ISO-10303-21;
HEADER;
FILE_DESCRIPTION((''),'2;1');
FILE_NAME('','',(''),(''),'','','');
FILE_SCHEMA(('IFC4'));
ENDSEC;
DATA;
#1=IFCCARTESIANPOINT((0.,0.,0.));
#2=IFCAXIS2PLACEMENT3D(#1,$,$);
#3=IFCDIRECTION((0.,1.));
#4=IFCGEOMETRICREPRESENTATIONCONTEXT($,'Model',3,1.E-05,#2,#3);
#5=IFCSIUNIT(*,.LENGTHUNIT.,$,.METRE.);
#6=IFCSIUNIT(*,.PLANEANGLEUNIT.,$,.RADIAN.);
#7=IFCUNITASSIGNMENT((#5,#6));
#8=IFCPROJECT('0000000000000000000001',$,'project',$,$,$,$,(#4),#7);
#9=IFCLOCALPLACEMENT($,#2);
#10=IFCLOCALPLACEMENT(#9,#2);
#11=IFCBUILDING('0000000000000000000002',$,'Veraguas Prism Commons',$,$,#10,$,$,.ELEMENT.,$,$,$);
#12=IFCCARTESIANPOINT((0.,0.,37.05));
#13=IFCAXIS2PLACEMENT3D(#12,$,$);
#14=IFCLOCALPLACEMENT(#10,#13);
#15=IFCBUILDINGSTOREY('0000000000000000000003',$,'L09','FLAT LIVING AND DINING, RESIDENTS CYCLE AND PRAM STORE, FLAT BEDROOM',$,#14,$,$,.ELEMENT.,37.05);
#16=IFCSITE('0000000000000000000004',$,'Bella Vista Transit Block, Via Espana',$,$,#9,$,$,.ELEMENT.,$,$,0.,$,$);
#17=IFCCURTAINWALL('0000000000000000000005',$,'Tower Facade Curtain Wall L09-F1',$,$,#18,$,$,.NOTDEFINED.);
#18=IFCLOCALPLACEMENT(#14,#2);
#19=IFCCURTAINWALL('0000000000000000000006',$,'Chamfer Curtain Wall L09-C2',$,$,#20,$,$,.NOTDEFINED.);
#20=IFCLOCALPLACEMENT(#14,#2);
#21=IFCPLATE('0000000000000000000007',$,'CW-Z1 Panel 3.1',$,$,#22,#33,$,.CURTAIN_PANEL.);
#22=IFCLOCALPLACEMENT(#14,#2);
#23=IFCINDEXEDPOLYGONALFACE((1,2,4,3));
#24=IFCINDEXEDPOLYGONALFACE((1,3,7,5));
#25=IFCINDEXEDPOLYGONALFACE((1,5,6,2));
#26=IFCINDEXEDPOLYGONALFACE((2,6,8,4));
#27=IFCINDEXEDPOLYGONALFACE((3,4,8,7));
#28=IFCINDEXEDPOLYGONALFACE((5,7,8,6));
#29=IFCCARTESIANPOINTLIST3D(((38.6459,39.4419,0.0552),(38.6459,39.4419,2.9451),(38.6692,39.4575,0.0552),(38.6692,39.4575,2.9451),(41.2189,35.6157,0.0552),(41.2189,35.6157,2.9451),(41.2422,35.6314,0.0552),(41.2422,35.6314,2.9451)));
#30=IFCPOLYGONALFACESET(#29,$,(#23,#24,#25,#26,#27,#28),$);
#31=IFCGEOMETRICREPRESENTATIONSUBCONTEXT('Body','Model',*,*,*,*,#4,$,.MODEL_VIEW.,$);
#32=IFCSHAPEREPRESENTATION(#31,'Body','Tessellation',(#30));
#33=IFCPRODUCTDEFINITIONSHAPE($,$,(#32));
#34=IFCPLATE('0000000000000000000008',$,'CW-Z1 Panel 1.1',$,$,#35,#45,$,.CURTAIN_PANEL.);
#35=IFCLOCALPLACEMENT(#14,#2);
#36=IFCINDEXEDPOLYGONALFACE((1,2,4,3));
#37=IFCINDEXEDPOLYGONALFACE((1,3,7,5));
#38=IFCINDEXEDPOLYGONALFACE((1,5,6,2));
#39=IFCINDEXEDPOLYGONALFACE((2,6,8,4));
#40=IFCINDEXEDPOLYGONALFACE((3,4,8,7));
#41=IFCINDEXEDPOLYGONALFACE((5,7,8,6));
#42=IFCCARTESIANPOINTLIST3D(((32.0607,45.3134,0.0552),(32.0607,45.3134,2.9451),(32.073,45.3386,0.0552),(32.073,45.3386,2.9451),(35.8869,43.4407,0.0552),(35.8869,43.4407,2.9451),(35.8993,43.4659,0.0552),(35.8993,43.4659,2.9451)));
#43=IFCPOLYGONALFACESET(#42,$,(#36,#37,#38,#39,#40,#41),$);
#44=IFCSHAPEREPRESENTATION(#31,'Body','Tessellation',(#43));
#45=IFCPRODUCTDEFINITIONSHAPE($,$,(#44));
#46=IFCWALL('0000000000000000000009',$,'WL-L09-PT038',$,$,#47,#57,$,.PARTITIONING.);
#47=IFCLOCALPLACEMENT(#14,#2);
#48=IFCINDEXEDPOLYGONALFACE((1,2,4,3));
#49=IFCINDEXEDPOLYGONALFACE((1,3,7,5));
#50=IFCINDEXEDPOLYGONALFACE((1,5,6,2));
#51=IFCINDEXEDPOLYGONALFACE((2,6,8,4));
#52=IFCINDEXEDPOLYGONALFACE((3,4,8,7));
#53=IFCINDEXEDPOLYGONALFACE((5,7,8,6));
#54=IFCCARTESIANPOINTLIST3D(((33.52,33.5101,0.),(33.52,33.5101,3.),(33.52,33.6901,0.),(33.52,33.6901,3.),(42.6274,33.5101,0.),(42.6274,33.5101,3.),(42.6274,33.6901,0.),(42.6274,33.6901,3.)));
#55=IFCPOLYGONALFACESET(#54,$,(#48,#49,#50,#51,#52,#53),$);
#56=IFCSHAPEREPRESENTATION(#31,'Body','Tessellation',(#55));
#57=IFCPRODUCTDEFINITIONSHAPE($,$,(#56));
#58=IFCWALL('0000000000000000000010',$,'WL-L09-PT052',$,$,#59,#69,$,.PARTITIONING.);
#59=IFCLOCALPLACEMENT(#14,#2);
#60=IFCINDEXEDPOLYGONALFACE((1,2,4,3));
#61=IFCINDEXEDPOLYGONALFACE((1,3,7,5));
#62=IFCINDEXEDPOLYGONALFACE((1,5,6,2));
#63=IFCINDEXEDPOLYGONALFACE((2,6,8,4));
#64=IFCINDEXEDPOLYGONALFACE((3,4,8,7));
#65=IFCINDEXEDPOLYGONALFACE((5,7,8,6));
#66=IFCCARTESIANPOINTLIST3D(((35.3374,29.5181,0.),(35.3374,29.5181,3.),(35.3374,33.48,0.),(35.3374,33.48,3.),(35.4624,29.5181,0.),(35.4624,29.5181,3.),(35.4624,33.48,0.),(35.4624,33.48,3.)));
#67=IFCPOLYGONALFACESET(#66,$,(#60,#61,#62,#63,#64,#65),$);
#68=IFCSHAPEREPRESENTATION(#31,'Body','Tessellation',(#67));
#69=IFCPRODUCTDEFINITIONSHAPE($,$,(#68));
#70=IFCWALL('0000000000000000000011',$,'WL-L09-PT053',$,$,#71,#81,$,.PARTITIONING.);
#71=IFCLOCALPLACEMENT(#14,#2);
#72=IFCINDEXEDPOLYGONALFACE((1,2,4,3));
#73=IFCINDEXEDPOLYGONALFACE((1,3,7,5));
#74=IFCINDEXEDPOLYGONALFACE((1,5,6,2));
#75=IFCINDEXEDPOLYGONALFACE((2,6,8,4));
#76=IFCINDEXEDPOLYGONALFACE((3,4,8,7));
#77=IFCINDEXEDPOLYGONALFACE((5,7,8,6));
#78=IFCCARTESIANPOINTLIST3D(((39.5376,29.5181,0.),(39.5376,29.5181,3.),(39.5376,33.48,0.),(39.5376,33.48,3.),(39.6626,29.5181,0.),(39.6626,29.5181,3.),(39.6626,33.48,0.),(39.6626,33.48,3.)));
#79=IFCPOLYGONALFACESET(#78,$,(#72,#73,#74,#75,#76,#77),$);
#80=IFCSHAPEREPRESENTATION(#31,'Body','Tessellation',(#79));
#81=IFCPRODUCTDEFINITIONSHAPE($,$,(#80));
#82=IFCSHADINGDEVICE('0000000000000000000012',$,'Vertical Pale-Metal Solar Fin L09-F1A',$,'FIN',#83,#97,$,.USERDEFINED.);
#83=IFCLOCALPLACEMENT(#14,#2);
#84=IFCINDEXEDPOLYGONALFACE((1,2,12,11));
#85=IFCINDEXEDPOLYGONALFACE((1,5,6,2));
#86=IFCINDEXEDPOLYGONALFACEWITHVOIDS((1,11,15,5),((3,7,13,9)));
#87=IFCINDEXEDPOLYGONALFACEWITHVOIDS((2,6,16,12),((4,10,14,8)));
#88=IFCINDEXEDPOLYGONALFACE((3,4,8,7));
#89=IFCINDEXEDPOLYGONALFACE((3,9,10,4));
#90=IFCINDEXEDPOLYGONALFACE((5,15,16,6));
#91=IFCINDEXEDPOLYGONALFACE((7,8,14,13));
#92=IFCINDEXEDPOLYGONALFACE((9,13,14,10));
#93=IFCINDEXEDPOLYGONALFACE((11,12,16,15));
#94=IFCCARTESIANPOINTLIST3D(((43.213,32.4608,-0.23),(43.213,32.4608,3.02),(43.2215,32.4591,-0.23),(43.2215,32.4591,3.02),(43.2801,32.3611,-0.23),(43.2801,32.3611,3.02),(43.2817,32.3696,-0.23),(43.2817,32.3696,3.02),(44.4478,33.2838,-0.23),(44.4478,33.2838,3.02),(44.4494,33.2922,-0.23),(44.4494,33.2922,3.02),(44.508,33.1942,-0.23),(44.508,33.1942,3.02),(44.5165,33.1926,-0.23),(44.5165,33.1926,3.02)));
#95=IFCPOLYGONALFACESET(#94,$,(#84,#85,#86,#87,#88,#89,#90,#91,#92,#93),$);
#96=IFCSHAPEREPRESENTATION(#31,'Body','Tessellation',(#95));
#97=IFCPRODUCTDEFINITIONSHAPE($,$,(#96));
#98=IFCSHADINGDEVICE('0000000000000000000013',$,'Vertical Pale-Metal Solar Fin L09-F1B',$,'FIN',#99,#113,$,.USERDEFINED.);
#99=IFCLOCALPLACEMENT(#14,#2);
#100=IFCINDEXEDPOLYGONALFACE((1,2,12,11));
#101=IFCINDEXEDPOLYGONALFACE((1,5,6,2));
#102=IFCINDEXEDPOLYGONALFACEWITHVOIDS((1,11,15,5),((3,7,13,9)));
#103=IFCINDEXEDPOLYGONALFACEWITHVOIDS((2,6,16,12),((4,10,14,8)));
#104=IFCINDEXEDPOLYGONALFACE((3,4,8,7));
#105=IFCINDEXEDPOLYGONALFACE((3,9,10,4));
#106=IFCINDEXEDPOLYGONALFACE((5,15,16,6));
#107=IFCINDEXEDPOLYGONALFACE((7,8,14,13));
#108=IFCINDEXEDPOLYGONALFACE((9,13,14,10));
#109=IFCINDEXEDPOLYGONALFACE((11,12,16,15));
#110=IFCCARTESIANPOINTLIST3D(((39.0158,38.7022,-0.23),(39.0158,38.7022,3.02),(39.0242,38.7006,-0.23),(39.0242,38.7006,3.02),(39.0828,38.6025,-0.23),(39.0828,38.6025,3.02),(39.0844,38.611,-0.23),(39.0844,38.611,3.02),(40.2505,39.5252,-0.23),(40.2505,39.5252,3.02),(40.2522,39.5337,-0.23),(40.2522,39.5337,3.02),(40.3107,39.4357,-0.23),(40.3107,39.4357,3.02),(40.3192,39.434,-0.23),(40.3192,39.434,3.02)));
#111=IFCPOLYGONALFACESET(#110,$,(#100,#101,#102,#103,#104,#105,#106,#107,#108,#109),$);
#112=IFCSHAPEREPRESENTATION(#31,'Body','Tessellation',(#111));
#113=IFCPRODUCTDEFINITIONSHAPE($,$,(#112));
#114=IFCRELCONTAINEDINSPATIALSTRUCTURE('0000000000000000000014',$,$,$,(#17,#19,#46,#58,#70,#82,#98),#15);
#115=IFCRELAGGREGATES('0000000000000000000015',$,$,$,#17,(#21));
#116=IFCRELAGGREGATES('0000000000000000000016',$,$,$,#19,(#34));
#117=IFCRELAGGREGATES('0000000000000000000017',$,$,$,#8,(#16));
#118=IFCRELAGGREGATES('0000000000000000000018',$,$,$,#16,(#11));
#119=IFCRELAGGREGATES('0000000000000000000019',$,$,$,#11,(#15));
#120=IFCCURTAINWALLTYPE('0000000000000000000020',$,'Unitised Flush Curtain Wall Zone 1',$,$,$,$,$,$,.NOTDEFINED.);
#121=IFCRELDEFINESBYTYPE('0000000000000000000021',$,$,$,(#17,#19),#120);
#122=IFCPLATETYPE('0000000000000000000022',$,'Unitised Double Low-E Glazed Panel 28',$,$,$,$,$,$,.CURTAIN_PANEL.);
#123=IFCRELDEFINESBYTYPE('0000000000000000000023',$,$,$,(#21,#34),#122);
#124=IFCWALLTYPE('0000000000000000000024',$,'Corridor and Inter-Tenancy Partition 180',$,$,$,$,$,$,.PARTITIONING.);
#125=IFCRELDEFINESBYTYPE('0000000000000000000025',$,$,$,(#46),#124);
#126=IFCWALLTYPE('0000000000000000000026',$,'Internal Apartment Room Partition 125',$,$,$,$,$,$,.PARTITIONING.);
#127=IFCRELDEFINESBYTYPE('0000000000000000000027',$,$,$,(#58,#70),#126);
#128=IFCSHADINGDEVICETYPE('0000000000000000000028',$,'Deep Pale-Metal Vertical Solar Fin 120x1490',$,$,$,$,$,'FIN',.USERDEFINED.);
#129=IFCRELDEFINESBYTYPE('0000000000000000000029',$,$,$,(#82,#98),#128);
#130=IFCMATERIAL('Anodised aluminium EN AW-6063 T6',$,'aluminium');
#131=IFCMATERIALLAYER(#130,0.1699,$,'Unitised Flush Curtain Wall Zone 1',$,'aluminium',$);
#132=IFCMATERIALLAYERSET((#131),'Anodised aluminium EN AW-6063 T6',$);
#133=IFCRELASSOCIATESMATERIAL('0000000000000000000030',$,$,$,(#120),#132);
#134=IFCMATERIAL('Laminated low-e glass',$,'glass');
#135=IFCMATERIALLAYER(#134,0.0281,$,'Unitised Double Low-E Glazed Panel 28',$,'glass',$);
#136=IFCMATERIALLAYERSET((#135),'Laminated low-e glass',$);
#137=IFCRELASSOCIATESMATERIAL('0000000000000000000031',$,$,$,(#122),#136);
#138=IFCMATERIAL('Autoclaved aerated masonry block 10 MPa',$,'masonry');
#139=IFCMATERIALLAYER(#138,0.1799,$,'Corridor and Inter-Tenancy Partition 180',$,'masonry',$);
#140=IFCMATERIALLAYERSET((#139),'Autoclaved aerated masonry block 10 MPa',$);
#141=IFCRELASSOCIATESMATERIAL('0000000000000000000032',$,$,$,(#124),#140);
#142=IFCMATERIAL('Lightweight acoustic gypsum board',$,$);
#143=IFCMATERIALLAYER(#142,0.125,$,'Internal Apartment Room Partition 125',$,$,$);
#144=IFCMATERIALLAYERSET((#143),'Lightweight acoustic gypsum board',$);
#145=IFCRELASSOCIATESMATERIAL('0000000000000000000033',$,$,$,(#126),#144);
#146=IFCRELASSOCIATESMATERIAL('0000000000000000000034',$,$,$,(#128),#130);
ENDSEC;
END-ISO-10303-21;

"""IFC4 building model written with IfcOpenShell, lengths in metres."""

from ifc_helpers import new_model, si_unit, direction, frame, frame_2d, origin, origin_2d, place, context, subcontext, project, spatial, rectangle, hollow_rectangle, extrude, source, transform, mapped, material, layer, layer_set, material_profile, profile_set, type_object, element, aggregate, save


model = new_model("IFC4")

# Units and contexts
model_context = context("Model", 3, precision=1e-05, world=origin(), true_north=direction((0.0, 1.0)))
body_context = subcontext(model_context, "Body", "Model", "MODEL_VIEW")
ifc_project = project(units=[si_unit("LENGTHUNIT", "METRE"), si_unit("PLANEANGLEUNIT", "RADIAN")], contexts=[model_context])

# Site, building, storey
site_placement = place(None, origin())
site = spatial("IfcSite", under=ifc_project, at=site_placement, Name="Bella Vista Transit Block, Via Espana", CompositionType="ELEMENT", RefElevation=0.0)
building_placement = place(site_placement, origin())
building = spatial("IfcBuilding", under=site, at=building_placement, Name="Veraguas Prism Commons", CompositionType="ELEMENT")
storey_placement = place(building_placement, frame((0.0, 0.0, 37.05)))
storey = spatial("IfcBuildingStorey", under=building, at=storey_placement, Name="L09", Description="FLAT LIVING AND DINING, RESIDENTS CYCLE AND PRAM STORE, FLAT BEDROOM", CompositionType="ELEMENT", Elevation=37.05)

# Curtain walls
ifc_material_1 = material(Name="Anodised aluminium EN AW-6063 T6", Category="aluminium")
ifc_layer_1 = layer(ifc_material_1, 0.1699, Name="Unitised Flush Curtain Wall Zone 1", Category="aluminium")
ifc_layer_set_1 = layer_set([ifc_layer_1], Name="Anodised aluminium EN AW-6063 T6")
curtain_wall_type = type_object("IfcCurtainWallType", Name="Unitised Flush Curtain Wall Zone 1", PredefinedType="NOTDEFINED", material=ifc_layer_set_1)
curtain_wall_1_placement = place(storey_placement, origin())
curtain_wall_1 = element("IfcCurtainWall", 1, at=curtain_wall_1_placement, inside=storey, type_object=curtain_wall_type, Name="Tower Facade Curtain Wall L09-F1", PredefinedType="NOTDEFINED")
curtain_wall_2_placement = place(storey_placement, origin())
curtain_wall_2 = element("IfcCurtainWall", 2, at=curtain_wall_2_placement, inside=storey, type_object=curtain_wall_type, Name="Chamfer Curtain Wall L09-C2", PredefinedType="NOTDEFINED")

# Plates
ifc_material_2 = material(Name="Laminated low-e glass", Category="glass")
ifc_layer_2 = layer(ifc_material_2, 0.0281, Name="Unitised Double Low-E Glazed Panel 28", Category="glass")
ifc_layer_set_2 = layer_set([ifc_layer_2], Name="Laminated low-e glass")
plate_type = type_object("IfcPlateType", Name="Unitised Double Low-E Glazed Panel 28", PredefinedType="CURTAIN_PANEL", material=ifc_layer_set_2)
shared_shape_1 = source(origin(), body_context, "Body", "SweptSolid", [
    extrude(rectangle(XDim=4.6108, YDim=0.0281, at=origin_2d()), origin(), (0.0, 0.0, 1.0), 2.8899),
])
plate_1_placement = place(storey_placement, frame((39.9441, 37.5366, 0.0552), z_axis=(0.0, 0.0, 1.0), x_axis=(-0.558035, 0.829818, 0.0)))
plate_1 = element("IfcPlate", 3, at=plate_1_placement, type_object=plate_type, Name="CW-Z1 Panel 3.1", PredefinedType="CURTAIN_PANEL", context=body_context, shape_type="MappedRepresentation", body=[
    mapped(shared_shape_1, transform((0.0, 0.0, 0.0), scale=1.0)),
])
aggregate(curtain_wall_1, [plate_1])
shared_shape_2 = source(origin(), body_context, "Body", "SweptSolid", [
    extrude(rectangle(XDim=4.26, YDim=0.0281, at=origin_2d()), origin(), (0.0, 0.0, 1.0), 2.8899),
])
plate_2_placement = place(storey_placement, frame((33.98, 44.3896, 0.0552), z_axis=(0.0, 0.0, 1.0), x_axis=(-0.898185, 0.439618, 0.0)))
plate_2 = element("IfcPlate", 4, at=plate_2_placement, type_object=plate_type, Name="CW-Z1 Panel 1.1", PredefinedType="CURTAIN_PANEL", context=body_context, shape_type="MappedRepresentation", body=[
    mapped(shared_shape_2, transform((0.0, 0.0, 0.0), scale=1.0)),
])
aggregate(curtain_wall_2, [plate_2])

# Walls
ifc_material_3 = material(Name="Autoclaved aerated masonry block 10 MPa", Category="masonry")
ifc_layer_3 = layer(ifc_material_3, 0.1799, Name="Corridor and Inter-Tenancy Partition 180", Category="masonry")
ifc_layer_set_3 = layer_set([ifc_layer_3], Name="Autoclaved aerated masonry block 10 MPa")
wall_type_1 = type_object("IfcWallType", Name="Corridor and Inter-Tenancy Partition 180", PredefinedType="PARTITIONING", material=ifc_layer_set_3)
wall_placement = place(storey_placement, frame((33.52, 33.6001, 0.0), z_axis=(0.0, 0.0, 1.0), x_axis=(1.0, 0.0, 0.0)))
element("IfcWall", 5, at=wall_placement, inside=storey, type_object=wall_type_1, Name="WL-L09-PT038", PredefinedType="PARTITIONING", context=body_context, shape_type="SweptSolid", body=[
    extrude(rectangle(XDim=9.1074, YDim=0.1799, at=frame_2d((4.5537, 0.0))), origin(), (0.0, 0.0, 1.0), 3.0),
])
ifc_material_4 = material(Name="Lightweight acoustic gypsum board")
ifc_layer_4 = layer(ifc_material_4, 0.125, Name="Internal Apartment Room Partition 125")
ifc_layer_set_4 = layer_set([ifc_layer_4], Name="Lightweight acoustic gypsum board")
wall_type_2 = type_object("IfcWallType", Name="Internal Apartment Room Partition 125", PredefinedType="PARTITIONING", material=ifc_layer_set_4)
for number, where, z_axis, x_axis, name in (
    (6, (35.3999, 29.5181, 0.0), (0.0, 0.0, 1.0), (0.0, 1.0, 0.0), "WL-L09-PT052"),
    (7, (39.6001, 29.5181, 0.0), (0.0, 0.0, 1.0), (0.0, 1.0, 0.0), "WL-L09-PT053"),
):
    element("IfcWall", number, at=place(storey_placement, frame(where, z_axis=z_axis, x_axis=x_axis)), inside=storey, type_object=wall_type_2, Name=name, PredefinedType="PARTITIONING", context=body_context, shape_type="SweptSolid", body=[
        extrude(rectangle(XDim=3.9619, YDim=0.125, at=frame_2d((1.981, 0.0))), origin(), (0.0, 0.0, 1.0), 3.0),
    ])

# Shading devices
ifc_material_profile_1 = material_profile(ifc_material_1, hollow_rectangle(XDim=0.1201, YDim=1.49, WallThickness=0.0061, at=origin_2d()), Name="FIN120X1490X6")
ifc_profile_set_1 = profile_set([ifc_material_profile_1], Name="Anodised aluminium EN AW-6063 T6")
shading_device_type = type_object("IfcShadingDeviceType", Name="Deep Pale-Metal Vertical Solar Fin 120x1490", ElementType="FIN", PredefinedType="USERDEFINED", material=ifc_profile_set_1)
for number, where, z_axis, x_axis, name in (
    (8, (43.8647, 32.8267, -0.23), (0.0, 0.0, 1.0), (-0.558036, 0.829817, 0.0), "Vertical Pale-Metal Solar Fin L09-F1A"),
    (9, (39.6675, 39.0681, -0.23), (0.0, 0.0, 1.0), (-0.558036, 0.829817, 0.0), "Vertical Pale-Metal Solar Fin L09-F1B"),
):
    element("IfcShadingDevice", number, at=place(storey_placement, frame(where, z_axis=z_axis, x_axis=x_axis)), inside=storey, type_object=shading_device_type, Name=name, ObjectType="FIN", PredefinedType="USERDEFINED", context=body_context, shape_type="SweptSolid", body=[
        extrude(hollow_rectangle(XDim=0.1201, YDim=1.49, WallThickness=0.0061, at=origin_2d()), origin(), (0.0, 0.0, 1.0), 3.25),
    ])

save(model, "model.ifc")
